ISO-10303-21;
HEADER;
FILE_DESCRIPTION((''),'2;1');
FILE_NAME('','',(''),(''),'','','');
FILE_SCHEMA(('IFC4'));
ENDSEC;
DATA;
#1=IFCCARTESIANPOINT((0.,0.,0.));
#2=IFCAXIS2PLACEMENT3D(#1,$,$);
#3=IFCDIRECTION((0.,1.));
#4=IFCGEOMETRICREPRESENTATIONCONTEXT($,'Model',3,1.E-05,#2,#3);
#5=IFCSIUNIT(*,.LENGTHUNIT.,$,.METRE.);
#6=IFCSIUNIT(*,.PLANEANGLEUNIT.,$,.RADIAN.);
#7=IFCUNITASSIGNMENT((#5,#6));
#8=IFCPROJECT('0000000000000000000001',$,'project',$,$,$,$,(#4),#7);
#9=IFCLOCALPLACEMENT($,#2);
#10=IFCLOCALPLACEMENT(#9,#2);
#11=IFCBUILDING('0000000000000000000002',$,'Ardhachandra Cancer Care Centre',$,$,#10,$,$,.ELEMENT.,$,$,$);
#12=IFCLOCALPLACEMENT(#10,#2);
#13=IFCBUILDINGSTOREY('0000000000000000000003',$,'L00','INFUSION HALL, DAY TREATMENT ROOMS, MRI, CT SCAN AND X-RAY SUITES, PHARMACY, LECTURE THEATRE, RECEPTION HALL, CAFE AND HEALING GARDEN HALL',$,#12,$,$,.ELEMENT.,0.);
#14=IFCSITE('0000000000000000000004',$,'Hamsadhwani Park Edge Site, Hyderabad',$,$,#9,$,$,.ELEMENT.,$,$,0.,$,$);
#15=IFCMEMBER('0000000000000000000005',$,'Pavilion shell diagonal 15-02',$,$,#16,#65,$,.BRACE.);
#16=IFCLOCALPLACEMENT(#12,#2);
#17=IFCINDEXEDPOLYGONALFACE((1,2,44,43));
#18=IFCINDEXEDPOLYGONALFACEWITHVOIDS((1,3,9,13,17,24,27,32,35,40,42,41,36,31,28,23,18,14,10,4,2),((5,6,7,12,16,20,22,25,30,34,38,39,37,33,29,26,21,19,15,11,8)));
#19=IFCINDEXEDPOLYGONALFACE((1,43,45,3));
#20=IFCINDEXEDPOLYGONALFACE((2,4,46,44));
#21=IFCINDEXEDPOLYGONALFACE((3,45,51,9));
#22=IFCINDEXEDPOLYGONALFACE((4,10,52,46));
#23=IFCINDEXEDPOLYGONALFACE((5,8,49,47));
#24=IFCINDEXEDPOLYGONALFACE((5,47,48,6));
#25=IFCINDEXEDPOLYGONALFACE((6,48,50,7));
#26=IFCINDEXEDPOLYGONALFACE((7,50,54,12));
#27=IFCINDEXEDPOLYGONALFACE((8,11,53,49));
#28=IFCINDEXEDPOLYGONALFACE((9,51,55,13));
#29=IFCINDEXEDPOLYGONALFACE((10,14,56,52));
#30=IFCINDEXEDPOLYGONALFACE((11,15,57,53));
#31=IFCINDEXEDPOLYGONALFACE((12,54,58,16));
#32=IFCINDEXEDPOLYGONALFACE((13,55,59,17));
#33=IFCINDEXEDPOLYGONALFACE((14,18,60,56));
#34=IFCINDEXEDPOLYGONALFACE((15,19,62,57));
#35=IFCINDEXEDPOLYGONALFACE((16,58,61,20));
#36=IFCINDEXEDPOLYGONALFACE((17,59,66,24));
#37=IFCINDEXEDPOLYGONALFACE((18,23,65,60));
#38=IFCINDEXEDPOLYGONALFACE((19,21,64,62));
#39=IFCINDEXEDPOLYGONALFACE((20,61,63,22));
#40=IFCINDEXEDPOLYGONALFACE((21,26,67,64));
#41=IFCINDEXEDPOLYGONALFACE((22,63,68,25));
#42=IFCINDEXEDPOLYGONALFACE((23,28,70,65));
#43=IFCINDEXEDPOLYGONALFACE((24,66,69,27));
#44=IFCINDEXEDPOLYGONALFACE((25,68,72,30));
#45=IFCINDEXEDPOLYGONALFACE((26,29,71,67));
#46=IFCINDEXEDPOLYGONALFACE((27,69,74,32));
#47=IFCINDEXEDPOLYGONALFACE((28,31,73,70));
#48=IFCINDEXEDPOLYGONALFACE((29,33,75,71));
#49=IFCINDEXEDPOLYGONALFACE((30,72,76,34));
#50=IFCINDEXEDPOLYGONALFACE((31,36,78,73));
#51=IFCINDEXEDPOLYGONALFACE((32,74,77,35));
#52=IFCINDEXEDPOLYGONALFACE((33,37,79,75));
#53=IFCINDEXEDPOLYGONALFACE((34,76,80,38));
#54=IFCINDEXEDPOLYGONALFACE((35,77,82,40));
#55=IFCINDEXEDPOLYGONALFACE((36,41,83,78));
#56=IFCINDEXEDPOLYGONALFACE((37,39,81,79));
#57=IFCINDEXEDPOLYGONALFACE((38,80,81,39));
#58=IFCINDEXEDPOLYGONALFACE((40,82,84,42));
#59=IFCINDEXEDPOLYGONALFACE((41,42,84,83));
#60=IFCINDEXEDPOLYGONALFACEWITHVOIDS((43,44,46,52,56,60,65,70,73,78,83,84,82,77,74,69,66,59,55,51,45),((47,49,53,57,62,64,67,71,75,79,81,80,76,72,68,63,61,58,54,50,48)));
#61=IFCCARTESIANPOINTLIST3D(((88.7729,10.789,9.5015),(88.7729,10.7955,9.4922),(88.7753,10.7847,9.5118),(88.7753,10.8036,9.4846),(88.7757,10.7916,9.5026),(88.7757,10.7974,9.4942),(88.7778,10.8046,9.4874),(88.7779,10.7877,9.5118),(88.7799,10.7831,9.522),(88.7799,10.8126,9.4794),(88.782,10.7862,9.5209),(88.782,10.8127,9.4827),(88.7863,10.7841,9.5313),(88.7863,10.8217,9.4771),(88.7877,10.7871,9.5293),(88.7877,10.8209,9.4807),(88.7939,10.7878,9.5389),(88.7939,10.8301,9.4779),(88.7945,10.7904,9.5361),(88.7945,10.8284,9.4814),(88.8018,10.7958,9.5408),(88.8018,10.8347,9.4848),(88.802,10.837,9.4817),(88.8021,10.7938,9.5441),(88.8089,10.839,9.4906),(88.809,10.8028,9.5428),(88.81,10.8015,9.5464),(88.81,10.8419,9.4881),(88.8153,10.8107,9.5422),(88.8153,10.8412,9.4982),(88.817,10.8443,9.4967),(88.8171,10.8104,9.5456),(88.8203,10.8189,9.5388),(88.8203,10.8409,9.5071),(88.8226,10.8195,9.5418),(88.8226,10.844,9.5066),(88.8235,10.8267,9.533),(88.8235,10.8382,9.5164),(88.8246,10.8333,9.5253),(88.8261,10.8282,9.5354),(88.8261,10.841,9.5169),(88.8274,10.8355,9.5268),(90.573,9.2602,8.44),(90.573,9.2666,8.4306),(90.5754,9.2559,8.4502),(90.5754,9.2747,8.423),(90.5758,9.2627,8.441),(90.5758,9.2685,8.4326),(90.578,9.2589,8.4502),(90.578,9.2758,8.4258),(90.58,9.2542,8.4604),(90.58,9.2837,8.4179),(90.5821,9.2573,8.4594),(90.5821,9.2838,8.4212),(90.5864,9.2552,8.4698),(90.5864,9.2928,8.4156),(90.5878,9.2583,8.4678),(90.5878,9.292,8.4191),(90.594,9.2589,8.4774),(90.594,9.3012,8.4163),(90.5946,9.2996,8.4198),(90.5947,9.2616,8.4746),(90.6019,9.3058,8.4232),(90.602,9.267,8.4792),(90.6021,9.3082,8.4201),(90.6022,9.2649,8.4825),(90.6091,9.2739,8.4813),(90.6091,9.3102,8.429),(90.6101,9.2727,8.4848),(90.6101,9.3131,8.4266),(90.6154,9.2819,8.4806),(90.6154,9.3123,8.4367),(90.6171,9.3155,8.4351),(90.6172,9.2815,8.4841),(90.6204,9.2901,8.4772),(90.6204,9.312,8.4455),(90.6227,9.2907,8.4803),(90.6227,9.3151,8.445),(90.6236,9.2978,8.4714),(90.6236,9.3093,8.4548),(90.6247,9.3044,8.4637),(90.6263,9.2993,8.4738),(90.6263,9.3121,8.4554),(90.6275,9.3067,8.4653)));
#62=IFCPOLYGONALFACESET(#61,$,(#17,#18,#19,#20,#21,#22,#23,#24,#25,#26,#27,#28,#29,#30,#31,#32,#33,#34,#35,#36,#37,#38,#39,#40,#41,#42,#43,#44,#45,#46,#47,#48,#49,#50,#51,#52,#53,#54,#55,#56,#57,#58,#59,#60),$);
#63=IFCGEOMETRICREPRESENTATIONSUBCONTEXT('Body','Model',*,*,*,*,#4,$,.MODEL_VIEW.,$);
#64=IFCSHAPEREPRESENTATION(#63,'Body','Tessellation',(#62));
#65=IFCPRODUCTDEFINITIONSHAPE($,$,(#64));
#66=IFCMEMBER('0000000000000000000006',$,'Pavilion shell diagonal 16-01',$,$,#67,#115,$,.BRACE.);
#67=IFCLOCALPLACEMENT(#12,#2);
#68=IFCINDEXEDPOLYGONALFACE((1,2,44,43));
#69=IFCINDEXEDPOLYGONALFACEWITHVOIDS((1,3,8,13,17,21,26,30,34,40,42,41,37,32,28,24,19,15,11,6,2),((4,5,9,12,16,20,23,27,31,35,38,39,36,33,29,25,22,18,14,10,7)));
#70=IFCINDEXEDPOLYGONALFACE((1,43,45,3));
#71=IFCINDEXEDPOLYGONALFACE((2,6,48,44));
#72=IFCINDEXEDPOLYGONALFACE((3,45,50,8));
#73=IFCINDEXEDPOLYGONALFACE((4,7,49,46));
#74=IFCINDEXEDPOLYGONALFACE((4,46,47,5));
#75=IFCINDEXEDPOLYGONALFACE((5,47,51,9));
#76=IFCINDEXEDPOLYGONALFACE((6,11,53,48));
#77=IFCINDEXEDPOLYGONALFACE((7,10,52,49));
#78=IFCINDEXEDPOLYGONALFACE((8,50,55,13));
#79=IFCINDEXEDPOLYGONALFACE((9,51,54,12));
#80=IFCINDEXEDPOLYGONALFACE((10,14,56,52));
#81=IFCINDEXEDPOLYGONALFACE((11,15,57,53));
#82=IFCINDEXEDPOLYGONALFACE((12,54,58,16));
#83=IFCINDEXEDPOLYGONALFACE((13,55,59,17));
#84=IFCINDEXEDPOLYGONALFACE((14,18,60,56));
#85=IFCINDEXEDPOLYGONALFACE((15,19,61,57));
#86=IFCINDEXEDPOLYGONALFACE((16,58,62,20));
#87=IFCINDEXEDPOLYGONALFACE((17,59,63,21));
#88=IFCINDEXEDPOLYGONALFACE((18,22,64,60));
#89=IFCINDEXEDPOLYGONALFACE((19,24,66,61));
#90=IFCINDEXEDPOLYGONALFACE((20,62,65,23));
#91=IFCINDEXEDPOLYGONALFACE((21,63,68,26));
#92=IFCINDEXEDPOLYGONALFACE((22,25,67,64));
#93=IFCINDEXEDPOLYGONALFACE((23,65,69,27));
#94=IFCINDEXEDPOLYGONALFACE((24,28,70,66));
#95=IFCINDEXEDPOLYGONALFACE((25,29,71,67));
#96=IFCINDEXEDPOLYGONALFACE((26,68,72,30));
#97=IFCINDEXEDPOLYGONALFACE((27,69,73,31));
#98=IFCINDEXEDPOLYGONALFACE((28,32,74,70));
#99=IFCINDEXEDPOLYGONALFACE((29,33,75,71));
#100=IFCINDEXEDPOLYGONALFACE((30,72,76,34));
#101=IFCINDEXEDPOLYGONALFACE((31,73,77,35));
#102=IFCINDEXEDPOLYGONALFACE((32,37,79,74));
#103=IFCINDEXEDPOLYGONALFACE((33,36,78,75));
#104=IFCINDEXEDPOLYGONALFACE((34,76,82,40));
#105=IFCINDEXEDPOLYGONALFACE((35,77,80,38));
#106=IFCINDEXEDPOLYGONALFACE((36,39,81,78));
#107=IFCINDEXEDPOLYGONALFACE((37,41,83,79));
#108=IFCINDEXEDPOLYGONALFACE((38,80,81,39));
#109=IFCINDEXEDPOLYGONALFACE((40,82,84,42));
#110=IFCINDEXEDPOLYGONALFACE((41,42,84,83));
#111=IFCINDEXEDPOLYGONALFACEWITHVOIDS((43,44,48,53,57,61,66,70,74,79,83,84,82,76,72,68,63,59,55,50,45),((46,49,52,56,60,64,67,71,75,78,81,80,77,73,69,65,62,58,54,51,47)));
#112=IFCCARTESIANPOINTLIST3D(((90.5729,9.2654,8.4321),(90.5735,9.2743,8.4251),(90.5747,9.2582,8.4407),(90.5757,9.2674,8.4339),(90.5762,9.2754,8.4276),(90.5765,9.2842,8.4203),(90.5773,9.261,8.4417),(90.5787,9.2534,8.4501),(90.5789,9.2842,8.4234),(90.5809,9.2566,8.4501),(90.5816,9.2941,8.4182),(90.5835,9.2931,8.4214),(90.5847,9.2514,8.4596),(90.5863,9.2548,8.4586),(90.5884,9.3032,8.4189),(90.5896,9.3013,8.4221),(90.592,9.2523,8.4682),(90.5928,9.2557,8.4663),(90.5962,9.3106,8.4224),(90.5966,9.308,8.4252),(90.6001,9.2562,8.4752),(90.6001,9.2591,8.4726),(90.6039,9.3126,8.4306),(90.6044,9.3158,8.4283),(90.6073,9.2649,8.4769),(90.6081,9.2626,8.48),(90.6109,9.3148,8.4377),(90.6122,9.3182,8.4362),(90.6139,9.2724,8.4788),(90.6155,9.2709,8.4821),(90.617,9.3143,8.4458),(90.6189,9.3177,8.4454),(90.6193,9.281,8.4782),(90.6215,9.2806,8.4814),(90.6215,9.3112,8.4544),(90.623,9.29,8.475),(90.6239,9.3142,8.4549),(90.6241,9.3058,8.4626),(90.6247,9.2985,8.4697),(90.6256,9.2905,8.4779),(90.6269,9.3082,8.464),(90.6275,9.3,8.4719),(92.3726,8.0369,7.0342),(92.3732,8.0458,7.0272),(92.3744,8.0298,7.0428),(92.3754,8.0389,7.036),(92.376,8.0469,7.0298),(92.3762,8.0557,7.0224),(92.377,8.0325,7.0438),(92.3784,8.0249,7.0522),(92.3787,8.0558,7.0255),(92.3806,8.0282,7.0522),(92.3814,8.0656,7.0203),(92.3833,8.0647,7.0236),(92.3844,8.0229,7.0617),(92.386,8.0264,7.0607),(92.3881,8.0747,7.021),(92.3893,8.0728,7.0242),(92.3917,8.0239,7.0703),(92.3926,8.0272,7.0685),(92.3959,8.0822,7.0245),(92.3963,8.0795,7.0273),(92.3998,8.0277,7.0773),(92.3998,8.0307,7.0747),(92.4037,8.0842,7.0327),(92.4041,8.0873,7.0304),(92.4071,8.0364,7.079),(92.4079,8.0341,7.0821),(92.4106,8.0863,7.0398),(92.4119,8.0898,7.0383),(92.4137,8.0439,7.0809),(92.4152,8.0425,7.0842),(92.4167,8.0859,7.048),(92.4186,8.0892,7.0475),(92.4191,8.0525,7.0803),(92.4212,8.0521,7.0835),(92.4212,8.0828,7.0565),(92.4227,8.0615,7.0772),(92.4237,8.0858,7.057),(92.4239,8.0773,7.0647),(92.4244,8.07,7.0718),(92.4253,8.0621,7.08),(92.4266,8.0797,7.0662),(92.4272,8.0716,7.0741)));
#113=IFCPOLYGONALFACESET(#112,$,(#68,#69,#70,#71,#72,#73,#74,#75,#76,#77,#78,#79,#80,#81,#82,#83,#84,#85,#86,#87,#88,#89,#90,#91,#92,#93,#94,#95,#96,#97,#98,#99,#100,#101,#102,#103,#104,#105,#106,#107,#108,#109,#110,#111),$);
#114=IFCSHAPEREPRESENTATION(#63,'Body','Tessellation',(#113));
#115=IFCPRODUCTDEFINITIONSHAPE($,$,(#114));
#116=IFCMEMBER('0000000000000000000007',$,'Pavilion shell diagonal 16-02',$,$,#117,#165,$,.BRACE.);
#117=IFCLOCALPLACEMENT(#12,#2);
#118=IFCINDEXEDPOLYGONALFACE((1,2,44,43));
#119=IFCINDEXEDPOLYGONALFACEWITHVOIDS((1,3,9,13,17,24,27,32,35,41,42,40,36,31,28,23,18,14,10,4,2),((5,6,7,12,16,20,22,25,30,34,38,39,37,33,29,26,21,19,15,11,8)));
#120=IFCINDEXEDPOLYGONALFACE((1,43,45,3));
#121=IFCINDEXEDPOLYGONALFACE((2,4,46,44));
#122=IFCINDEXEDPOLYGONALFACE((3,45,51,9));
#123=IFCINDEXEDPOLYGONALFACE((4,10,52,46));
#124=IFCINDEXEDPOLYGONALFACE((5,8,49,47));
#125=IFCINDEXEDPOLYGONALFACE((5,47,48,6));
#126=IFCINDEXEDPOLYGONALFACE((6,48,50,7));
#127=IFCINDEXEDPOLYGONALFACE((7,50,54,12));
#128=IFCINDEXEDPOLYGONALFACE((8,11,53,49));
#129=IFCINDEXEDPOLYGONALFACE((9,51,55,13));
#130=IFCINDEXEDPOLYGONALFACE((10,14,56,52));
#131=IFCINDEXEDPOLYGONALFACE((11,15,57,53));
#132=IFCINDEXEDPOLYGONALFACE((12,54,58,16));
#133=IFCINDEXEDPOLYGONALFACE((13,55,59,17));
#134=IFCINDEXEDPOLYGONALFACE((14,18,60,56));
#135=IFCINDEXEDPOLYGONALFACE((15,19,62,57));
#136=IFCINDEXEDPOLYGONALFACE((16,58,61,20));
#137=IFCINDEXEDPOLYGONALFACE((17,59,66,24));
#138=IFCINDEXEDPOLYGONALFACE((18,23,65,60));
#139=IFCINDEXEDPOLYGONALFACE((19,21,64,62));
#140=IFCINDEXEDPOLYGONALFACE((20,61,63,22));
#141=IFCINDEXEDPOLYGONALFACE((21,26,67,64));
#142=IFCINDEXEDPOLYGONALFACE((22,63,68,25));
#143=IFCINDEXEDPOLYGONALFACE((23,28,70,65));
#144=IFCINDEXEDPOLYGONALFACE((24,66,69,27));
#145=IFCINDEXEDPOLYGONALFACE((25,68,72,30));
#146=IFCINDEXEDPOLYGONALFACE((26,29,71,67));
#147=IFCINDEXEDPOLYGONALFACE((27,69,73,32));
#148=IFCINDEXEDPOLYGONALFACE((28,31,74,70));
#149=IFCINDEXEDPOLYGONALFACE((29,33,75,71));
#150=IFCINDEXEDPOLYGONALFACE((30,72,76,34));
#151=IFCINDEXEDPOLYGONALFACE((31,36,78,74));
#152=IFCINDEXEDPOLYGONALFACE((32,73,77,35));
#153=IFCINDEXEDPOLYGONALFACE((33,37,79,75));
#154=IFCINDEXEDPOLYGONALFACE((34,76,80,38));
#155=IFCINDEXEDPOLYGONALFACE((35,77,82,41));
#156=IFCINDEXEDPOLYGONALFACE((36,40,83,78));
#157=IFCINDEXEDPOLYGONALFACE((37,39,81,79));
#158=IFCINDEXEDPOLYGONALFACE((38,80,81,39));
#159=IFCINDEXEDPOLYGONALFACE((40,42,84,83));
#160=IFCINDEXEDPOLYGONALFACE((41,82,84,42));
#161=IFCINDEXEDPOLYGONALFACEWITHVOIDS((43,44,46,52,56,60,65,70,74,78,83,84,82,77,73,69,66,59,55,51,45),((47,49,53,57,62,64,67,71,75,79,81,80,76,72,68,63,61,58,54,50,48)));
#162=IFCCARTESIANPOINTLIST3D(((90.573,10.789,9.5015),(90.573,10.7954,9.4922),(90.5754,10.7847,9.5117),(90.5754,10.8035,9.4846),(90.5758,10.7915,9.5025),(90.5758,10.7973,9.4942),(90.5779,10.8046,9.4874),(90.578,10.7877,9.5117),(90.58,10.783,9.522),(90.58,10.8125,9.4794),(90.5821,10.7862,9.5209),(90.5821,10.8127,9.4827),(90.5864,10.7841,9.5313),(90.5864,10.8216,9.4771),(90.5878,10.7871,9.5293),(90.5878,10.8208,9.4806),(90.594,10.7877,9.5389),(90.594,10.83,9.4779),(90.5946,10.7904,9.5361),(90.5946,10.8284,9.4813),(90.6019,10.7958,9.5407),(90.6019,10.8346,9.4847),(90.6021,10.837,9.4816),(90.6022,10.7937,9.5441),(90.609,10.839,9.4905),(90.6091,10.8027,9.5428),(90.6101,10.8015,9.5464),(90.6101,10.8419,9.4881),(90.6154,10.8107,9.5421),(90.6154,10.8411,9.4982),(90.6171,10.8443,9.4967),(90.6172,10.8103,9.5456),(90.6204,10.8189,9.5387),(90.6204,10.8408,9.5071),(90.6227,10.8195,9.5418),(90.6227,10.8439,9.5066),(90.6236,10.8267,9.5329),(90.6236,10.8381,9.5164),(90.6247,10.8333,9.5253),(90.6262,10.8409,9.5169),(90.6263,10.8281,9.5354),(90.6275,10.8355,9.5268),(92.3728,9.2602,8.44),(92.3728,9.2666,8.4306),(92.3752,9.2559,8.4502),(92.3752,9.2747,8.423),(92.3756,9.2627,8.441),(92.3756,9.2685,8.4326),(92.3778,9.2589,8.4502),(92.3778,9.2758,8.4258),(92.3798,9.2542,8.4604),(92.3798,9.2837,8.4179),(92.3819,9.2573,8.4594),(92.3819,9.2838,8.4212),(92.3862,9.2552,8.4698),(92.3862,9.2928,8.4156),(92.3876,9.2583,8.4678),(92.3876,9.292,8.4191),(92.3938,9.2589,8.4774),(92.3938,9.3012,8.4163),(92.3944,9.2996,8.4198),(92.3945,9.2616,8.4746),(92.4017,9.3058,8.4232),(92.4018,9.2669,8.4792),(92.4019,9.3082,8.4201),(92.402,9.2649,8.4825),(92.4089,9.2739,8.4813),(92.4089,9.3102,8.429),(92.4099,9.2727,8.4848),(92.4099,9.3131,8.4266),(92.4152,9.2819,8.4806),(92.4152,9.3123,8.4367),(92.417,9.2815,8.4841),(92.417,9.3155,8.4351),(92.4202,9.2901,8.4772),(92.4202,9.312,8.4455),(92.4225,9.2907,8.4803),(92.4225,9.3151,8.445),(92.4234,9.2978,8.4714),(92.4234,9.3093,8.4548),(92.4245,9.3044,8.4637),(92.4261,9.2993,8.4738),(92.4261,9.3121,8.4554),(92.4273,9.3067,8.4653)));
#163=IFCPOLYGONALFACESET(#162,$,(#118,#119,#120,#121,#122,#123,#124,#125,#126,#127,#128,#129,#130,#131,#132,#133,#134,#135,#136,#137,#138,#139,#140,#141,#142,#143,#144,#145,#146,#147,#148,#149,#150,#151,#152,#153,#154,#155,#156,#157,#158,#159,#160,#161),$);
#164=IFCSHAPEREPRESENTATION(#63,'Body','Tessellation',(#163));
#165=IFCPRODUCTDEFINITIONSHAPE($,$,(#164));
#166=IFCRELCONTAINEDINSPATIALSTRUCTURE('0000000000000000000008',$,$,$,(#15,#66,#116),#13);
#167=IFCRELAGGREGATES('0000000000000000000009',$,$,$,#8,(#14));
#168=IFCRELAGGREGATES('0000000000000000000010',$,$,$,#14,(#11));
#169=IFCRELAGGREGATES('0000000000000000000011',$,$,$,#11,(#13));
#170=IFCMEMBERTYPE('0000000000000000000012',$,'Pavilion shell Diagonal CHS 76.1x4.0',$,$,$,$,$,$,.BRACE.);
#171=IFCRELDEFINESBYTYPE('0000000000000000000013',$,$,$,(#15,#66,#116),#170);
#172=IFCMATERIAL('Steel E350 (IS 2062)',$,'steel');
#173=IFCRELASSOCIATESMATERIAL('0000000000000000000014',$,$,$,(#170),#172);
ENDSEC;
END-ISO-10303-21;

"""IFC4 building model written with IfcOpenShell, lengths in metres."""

from ifc_helpers import new_model, si_unit, direction, frame, origin, origin_2d, place, context, subcontext, project, spatial, hollow_circle, extrude, material, material_profile, profile_set, type_object, element, save


model = new_model("IFC4")

# Units and contexts
model_context = context("Model", 3, precision=1e-05, world=origin(), true_north=direction((0.0, 1.0)))
body_context = subcontext(model_context, "Body", "Model", "MODEL_VIEW")
ifc_project = project(units=[si_unit("LENGTHUNIT", "METRE"), si_unit("PLANEANGLEUNIT", "RADIAN")], contexts=[model_context])

# Site, building, storey
site_placement = place(None, origin())
site = spatial("IfcSite", under=ifc_project, at=site_placement, Name="Hamsadhwani Park Edge Site, Hyderabad", CompositionType="ELEMENT", RefElevation=0.0)
building_placement = place(site_placement, origin())
building = spatial("IfcBuilding", under=site, at=building_placement, Name="Ardhachandra Cancer Care Centre", CompositionType="ELEMENT")
storey_placement = place(building_placement, origin())
storey = spatial("IfcBuildingStorey", under=building, at=storey_placement, Name="L00", Description="INFUSION HALL, DAY TREATMENT ROOMS, MRI, CT SCAN AND X-RAY SUITES, PHARMACY, LECTURE THEATRE, RECEPTION HALL, CAFE AND HEALING GARDEN HALL", CompositionType="ELEMENT", Elevation=0.0)

# Members
ifc_material_1 = material(Name="Steel E350 (IS 2062)", Category="steel")
ifc_material_profile_1 = material_profile(ifc_material_1, hollow_circle(Radius=0.0381, WallThickness=0.0039, at=origin_2d()), Name="CHS 76.1x4.0")
ifc_profile_set_1 = profile_set([ifc_material_profile_1], Name="Steel E350 (IS 2062)")
member_type_1 = type_object("IfcMemberType", Name="Pavilion shell Diagonal CHS 76.1x4.0", PredefinedType="BRACE", material=ifc_profile_set_1)
member_1_placement = place(storey_placement, frame((90.6001, 9.2849, 8.4502), z_axis=(-0.695198, 0.590442, 0.409972), x_axis=(-0.647345, -0.762197, 0.0)))
element("IfcMember", 1, at=member_1_placement, inside=storey, type_object=member_type_1, Name="Pavilion shell diagonal 15-02", PredefinedType="BRACE", context=body_context, shape_type="SweptSolid", body=[
    extrude(hollow_circle(Radius=0.0381, WallThickness=0.0039, at=origin_2d()), origin(), (0.0, 0.0, 1.0), 2.5894),
])
member_2_placement = place(storey_placement, frame((92.3999, 8.0564, 7.0522), z_axis=(-0.695179, 0.474518, 0.539962), x_axis=(-0.563768, -0.825933, 0.0)))
element("IfcMember", 2, at=member_2_placement, inside=storey, type_object=member_type_1, Name="Pavilion shell diagonal 16-01", PredefinedType="BRACE", context=body_context, shape_type="SweptSolid", body=[
    extrude(hollow_circle(Radius=0.0381, WallThickness=0.0039, at=origin_2d()), origin(), (0.0, 0.0, 1.0), 2.5889),
])
member_3_placement = place(storey_placement, frame((92.3999, 9.2849, 8.4502), z_axis=(-0.69515, 0.590481, 0.409999), x_axis=(-0.647396, -0.762154, 0.0)))
element("IfcMember", 3, at=member_3_placement, inside=storey, type_object=member_type_1, Name="Pavilion shell diagonal 16-02", PredefinedType="BRACE", context=body_context, shape_type="SweptSolid", body=[
    extrude(hollow_circle(Radius=0.0381, WallThickness=0.0039, at=origin_2d()), origin(), (0.0, 0.0, 1.0), 2.5891),
])

save(model, "model.ifc")
